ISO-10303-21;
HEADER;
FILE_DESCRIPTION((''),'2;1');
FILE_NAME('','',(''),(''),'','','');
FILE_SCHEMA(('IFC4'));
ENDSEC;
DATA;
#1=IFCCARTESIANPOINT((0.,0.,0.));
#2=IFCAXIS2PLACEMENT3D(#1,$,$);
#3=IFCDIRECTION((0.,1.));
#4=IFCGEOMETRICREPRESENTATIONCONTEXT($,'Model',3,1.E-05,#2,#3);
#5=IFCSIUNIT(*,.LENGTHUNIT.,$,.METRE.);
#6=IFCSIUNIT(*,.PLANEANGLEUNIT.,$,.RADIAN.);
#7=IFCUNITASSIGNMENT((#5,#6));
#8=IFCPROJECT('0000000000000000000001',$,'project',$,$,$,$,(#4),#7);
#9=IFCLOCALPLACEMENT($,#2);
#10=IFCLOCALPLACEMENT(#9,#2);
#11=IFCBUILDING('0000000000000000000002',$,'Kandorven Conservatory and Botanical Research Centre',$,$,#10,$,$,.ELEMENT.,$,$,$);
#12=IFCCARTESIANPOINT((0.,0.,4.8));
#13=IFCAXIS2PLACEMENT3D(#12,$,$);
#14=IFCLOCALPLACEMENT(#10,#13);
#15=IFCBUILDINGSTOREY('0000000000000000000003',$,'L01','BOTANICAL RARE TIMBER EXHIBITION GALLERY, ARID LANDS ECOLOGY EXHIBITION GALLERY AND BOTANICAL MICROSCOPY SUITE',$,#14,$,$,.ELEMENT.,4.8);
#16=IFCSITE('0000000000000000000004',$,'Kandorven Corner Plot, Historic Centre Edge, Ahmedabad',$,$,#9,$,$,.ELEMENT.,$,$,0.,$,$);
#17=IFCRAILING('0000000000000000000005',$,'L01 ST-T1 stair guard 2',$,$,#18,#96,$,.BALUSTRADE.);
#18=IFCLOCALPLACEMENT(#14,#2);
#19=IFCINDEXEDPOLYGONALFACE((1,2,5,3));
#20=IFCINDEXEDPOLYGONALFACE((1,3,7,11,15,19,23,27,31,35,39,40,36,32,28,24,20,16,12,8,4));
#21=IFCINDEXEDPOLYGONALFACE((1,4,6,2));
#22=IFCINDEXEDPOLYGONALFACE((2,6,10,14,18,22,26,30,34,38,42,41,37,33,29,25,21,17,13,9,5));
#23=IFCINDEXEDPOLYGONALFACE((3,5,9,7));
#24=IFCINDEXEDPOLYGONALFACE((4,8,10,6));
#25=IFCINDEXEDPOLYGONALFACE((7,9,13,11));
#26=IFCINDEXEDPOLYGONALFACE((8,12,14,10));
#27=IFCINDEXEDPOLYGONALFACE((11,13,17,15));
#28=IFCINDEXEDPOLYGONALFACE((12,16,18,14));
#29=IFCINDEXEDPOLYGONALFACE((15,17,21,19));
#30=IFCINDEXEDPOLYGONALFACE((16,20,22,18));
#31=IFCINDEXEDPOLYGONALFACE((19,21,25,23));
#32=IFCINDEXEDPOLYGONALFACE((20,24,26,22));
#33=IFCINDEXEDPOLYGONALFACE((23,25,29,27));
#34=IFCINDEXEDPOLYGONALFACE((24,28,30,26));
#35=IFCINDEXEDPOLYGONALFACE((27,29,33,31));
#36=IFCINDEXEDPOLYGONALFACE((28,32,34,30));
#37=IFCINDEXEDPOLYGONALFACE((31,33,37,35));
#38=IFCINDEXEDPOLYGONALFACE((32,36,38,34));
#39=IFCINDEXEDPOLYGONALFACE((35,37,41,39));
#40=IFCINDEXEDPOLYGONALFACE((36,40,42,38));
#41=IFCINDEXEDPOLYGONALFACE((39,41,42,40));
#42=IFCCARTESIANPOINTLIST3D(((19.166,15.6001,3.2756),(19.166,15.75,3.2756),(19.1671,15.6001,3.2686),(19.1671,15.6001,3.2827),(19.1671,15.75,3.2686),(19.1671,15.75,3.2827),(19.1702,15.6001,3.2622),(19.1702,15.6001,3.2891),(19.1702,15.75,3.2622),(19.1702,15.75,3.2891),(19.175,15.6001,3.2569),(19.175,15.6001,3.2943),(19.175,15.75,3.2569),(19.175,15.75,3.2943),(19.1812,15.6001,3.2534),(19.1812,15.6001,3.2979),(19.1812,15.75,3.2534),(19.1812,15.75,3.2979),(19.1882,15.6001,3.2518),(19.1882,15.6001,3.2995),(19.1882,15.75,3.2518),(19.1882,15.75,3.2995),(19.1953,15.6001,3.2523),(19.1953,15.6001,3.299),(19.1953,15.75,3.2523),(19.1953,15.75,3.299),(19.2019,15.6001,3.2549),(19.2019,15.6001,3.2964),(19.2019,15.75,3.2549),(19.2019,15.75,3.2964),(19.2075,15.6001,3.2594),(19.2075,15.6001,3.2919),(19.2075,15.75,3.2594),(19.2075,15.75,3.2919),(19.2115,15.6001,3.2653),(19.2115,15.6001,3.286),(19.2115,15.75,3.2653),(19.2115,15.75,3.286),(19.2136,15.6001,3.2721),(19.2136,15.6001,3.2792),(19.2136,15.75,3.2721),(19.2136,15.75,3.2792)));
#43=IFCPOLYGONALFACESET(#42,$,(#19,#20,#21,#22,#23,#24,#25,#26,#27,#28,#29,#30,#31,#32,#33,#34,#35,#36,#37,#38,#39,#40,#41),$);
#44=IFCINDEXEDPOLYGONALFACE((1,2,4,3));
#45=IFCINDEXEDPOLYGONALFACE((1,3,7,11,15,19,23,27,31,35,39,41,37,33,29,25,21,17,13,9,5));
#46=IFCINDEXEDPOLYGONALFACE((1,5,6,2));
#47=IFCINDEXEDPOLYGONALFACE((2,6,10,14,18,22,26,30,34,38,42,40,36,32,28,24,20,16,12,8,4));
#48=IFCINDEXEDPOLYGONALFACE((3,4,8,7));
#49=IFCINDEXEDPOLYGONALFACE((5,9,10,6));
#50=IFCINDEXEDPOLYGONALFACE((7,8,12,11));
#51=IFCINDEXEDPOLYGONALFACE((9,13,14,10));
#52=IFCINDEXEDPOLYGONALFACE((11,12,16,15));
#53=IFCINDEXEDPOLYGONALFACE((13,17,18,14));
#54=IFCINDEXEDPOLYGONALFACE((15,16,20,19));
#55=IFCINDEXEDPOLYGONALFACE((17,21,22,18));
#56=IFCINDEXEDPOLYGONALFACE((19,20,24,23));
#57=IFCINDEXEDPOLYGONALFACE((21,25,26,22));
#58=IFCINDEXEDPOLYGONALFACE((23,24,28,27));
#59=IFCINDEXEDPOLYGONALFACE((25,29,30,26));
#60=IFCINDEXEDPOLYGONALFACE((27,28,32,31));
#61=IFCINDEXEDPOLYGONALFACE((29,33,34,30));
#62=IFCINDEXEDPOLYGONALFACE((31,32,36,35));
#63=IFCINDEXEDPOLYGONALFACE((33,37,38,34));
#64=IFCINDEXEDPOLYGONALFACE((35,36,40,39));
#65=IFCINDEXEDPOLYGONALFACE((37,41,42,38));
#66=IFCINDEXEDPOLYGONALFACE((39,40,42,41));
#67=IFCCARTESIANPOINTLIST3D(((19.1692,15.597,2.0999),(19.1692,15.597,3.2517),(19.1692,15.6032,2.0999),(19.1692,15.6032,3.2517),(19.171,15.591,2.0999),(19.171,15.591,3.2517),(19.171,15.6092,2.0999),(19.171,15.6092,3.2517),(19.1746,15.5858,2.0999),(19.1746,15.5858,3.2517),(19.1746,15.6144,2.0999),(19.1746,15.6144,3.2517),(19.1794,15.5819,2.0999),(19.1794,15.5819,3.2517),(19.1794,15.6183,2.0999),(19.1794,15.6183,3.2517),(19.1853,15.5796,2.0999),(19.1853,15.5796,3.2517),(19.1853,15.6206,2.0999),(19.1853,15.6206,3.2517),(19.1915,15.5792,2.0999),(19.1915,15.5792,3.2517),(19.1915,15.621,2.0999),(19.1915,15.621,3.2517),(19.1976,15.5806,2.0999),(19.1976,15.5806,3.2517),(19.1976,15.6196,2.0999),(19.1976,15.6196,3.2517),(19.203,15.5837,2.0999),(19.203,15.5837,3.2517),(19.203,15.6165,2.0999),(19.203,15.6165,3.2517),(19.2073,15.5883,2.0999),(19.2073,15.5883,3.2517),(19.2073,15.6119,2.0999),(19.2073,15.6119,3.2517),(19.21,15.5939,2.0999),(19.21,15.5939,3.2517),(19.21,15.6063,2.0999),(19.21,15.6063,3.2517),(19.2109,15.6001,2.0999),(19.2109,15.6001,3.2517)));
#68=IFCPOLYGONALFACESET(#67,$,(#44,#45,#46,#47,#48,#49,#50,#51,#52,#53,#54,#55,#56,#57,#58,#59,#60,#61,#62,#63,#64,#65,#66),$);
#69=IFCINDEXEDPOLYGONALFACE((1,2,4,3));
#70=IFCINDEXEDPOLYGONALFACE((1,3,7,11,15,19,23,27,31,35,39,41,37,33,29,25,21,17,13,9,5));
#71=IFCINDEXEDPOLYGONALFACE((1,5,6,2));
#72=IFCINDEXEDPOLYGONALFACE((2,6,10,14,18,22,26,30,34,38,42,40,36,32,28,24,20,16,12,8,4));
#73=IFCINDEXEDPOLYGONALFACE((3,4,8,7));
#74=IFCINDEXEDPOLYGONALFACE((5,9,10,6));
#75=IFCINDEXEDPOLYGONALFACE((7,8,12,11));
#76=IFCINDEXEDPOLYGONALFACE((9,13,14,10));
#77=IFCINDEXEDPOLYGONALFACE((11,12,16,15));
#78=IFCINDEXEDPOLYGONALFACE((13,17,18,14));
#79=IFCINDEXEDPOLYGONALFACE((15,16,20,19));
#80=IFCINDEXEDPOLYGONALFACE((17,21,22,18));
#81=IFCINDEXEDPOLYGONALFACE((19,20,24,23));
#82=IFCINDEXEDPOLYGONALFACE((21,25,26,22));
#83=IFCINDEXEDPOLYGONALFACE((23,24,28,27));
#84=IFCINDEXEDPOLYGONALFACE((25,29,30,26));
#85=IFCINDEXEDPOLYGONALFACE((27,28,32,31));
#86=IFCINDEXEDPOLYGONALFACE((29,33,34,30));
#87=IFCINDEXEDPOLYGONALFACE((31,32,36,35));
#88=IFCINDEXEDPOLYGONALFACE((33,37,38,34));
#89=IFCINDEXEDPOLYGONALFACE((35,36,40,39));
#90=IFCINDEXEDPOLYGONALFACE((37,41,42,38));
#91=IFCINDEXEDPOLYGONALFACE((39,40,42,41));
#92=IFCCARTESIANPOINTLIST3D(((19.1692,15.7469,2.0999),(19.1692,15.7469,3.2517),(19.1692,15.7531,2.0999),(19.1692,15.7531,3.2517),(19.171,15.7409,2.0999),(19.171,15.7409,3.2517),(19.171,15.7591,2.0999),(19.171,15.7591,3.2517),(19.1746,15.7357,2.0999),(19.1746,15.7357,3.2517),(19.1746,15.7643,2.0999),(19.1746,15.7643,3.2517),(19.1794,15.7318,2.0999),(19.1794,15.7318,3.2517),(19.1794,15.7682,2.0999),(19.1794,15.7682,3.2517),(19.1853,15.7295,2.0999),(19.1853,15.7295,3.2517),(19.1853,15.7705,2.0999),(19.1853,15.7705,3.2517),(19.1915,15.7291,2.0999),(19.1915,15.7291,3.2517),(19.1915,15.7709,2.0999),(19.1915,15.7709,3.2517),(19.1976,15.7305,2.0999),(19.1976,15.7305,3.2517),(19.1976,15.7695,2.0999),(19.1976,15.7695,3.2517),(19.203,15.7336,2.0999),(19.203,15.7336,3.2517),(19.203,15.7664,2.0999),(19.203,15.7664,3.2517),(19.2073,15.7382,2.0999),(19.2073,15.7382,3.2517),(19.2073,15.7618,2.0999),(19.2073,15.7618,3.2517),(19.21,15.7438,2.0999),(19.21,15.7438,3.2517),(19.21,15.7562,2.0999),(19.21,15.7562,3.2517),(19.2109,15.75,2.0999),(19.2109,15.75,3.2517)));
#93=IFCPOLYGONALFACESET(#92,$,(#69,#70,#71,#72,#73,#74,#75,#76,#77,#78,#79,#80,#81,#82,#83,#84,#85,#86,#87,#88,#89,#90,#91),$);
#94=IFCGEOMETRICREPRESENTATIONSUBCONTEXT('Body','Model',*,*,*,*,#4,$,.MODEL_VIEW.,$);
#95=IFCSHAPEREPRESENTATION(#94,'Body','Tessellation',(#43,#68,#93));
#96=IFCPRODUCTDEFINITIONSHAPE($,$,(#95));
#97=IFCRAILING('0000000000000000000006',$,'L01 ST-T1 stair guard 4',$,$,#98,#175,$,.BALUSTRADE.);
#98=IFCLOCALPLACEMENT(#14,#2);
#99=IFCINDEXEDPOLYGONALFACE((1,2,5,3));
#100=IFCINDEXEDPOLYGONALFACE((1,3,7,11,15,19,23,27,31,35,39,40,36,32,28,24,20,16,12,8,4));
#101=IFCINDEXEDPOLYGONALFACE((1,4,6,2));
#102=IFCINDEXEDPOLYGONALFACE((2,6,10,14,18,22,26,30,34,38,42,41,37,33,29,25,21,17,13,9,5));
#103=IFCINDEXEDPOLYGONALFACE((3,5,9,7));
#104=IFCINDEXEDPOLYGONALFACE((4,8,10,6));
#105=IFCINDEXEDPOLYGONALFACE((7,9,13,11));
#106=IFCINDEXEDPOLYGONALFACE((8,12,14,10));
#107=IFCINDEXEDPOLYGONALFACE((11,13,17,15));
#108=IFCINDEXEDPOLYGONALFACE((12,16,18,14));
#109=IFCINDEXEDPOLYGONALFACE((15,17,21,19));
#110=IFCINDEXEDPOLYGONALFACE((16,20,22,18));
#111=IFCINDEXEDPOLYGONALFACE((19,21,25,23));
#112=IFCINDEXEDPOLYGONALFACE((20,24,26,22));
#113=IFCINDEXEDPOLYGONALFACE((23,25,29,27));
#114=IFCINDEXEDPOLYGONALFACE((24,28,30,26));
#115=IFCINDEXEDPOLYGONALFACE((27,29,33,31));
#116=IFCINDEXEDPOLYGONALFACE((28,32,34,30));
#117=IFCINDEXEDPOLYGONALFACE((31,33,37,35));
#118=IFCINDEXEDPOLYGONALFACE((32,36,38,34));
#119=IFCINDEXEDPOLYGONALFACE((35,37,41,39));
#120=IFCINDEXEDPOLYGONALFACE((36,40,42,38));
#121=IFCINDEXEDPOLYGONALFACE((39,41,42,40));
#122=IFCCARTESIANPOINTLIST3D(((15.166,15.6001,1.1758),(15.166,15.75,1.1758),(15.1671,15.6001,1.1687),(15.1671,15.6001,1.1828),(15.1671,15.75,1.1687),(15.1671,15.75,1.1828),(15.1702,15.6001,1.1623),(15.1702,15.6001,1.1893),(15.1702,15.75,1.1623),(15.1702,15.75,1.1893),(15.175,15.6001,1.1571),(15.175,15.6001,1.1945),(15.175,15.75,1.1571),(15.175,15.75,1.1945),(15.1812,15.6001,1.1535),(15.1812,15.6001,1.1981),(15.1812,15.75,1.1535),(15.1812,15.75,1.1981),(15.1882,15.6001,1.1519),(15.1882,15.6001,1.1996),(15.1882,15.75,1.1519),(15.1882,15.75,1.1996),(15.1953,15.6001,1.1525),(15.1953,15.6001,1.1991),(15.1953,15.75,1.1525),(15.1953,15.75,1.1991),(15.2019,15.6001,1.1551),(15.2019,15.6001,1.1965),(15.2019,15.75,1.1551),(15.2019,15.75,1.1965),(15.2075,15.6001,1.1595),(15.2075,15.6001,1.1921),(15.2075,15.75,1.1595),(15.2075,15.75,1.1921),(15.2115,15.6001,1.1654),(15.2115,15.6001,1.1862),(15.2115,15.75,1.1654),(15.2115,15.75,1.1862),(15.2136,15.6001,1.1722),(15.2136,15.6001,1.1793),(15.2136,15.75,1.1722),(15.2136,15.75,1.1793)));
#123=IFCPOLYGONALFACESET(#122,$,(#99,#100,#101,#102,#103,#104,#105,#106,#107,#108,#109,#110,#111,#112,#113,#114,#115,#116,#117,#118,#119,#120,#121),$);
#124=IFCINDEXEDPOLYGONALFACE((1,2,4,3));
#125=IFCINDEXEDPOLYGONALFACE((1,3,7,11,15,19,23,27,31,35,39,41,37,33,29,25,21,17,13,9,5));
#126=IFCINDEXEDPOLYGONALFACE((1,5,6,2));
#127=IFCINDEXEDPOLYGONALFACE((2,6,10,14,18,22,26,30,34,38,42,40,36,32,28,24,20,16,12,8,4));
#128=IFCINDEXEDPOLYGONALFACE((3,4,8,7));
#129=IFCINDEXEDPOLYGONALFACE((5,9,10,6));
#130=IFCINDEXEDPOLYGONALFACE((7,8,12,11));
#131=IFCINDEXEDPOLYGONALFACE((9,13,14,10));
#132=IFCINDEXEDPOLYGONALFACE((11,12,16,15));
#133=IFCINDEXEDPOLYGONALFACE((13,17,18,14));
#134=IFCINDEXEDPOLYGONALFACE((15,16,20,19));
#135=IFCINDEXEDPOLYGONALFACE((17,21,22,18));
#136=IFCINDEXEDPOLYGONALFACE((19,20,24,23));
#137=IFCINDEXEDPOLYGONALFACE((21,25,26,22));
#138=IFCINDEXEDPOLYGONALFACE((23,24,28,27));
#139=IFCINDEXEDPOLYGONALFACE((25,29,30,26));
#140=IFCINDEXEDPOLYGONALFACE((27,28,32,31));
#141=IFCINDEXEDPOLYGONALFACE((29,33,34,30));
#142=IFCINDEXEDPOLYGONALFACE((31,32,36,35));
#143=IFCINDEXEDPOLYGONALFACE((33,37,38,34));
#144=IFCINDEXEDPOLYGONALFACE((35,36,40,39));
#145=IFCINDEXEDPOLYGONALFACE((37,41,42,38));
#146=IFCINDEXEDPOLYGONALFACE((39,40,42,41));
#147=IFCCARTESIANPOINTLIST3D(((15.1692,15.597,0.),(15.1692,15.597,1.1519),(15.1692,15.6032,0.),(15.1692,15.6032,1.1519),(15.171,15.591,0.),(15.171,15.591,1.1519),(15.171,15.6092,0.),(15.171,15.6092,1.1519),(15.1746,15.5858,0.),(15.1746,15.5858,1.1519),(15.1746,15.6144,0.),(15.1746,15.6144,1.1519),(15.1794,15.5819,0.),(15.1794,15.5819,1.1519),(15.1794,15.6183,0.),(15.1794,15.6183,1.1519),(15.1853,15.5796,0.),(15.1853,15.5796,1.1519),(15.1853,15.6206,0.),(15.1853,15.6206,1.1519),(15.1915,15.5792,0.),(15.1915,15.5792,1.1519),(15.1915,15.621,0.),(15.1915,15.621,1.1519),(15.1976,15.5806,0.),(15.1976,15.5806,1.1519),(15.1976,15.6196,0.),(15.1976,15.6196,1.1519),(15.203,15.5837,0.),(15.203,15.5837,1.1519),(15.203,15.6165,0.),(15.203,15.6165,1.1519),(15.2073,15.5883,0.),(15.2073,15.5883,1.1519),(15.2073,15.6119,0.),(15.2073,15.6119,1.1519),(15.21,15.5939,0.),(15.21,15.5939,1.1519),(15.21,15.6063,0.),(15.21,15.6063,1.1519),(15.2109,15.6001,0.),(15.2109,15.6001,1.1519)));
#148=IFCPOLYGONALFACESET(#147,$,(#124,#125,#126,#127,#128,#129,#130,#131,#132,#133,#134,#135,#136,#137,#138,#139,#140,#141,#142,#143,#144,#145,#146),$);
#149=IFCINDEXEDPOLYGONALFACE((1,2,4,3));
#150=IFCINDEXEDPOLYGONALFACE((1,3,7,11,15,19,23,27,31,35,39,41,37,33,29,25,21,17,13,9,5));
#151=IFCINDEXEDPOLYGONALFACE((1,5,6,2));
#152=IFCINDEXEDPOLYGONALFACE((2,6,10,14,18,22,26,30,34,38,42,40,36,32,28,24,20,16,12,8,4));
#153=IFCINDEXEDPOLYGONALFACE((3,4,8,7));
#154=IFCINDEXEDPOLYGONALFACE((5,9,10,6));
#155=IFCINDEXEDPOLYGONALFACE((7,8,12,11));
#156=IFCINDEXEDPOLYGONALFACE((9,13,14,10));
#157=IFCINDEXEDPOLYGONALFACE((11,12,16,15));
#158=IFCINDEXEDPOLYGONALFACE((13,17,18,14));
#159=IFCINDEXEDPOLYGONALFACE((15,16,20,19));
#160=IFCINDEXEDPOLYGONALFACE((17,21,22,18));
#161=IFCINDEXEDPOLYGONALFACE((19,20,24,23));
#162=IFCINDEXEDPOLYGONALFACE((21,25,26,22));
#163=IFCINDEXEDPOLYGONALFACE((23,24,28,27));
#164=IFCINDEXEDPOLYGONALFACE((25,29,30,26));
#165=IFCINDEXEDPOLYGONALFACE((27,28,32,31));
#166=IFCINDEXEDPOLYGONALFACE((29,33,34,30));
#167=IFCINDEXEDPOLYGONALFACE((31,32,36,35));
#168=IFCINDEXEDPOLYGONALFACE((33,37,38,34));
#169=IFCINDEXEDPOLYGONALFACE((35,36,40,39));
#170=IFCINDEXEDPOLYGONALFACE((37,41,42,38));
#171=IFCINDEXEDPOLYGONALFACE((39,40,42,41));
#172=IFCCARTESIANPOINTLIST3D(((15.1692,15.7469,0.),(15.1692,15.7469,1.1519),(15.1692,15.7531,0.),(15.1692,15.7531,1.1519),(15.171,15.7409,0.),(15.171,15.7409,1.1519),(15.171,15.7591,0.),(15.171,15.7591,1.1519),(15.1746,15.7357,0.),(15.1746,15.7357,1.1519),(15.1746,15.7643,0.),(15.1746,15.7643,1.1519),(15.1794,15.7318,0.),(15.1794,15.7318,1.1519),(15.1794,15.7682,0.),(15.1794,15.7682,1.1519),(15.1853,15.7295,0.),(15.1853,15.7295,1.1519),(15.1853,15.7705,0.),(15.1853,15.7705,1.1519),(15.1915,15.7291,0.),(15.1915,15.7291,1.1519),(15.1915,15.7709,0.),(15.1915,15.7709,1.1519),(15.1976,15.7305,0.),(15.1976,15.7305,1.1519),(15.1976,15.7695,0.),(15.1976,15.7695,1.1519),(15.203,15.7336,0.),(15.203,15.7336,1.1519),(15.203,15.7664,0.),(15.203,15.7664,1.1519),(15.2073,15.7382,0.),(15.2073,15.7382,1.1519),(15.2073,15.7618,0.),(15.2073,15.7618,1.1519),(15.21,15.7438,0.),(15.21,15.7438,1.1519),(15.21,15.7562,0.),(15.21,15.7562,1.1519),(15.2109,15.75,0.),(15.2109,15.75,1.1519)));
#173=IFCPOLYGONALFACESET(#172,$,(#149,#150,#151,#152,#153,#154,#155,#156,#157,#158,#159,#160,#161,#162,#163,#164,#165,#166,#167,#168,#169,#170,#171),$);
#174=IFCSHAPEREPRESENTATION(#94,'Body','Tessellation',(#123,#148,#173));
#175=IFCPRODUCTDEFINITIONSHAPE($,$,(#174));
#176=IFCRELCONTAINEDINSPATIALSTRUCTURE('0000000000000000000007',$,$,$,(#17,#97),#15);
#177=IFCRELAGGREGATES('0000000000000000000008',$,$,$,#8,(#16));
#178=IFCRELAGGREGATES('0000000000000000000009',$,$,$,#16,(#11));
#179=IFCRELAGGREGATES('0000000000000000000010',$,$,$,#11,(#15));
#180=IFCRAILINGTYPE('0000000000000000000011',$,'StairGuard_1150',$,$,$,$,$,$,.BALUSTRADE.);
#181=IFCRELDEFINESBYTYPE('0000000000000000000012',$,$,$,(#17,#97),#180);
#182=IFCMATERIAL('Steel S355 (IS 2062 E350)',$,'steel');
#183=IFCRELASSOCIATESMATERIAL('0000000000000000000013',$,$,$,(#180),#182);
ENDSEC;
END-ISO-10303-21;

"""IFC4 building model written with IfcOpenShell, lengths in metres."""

from ifc_helpers import new_model, si_unit, direction, frame, origin, origin_2d, place, context, subcontext, project, spatial, circle, extrude, material, type_object, element, save


model = new_model("IFC4")

# Units and contexts
model_context = context("Model", 3, precision=1e-05, world=origin(), true_north=direction((0.0, 1.0)))
body_context = subcontext(model_context, "Body", "Model", "MODEL_VIEW")
ifc_project = project(units=[si_unit("LENGTHUNIT", "METRE"), si_unit("PLANEANGLEUNIT", "RADIAN")], contexts=[model_context])

# Site, building, storey
site_placement = place(None, origin())
site = spatial("IfcSite", under=ifc_project, at=site_placement, Name="Kandorven Corner Plot, Historic Centre Edge, Ahmedabad", CompositionType="ELEMENT", RefElevation=0.0)
building_placement = place(site_placement, origin())
building = spatial("IfcBuilding", under=site, at=building_placement, Name="Kandorven Conservatory and Botanical Research Centre", CompositionType="ELEMENT")
storey_placement = place(building_placement, frame((0.0, 0.0, 4.8)))
storey = spatial("IfcBuildingStorey", under=building, at=storey_placement, Name="L01", Description="BOTANICAL RARE TIMBER EXHIBITION GALLERY, ARID LANDS ECOLOGY EXHIBITION GALLERY AND BOTANICAL MICROSCOPY SUITE", CompositionType="ELEMENT", Elevation=4.8)

# Railings
ifc_material_1 = material(Name="Steel S355 (IS 2062 E350)", Category="steel")
railing_type_1 = type_object("IfcRailingType", Name="StairGuard_1150", PredefinedType="BALUSTRADE", material=ifc_material_1)
for number, where, name in (
    (1, (19.1899, 15.6001, 2.0999), "L01 ST-T1 stair guard 2"),
    (2, (15.1899, 15.6001, 0.0), "L01 ST-T1 stair guard 4"),
):
    element("IfcRailing", number, at=place(storey_placement, frame(where)), inside=storey, type_object=railing_type_1, Name=name, PredefinedType="BALUSTRADE", context=body_context, shape_type="SweptSolid", body=[
        extrude(circle(Radius=0.0239, at=origin_2d()), frame((0.0, 0.0, 1.1758), z_axis=(0.0, 1.0, 0.0), x_axis=(-1.0, 0.0, 0.0)), (0.0, 0.0, 1.0), 0.1499),
        extrude(circle(Radius=0.021, at=origin_2d()), origin(), (0.0, 0.0, 1.0), 1.1519),
        extrude(circle(Radius=0.021, at=origin_2d()), frame((0.0, 0.1499, 0.0)), (0.0, 0.0, 1.0), 1.1519),
    ])

save(model, "model.ifc")
